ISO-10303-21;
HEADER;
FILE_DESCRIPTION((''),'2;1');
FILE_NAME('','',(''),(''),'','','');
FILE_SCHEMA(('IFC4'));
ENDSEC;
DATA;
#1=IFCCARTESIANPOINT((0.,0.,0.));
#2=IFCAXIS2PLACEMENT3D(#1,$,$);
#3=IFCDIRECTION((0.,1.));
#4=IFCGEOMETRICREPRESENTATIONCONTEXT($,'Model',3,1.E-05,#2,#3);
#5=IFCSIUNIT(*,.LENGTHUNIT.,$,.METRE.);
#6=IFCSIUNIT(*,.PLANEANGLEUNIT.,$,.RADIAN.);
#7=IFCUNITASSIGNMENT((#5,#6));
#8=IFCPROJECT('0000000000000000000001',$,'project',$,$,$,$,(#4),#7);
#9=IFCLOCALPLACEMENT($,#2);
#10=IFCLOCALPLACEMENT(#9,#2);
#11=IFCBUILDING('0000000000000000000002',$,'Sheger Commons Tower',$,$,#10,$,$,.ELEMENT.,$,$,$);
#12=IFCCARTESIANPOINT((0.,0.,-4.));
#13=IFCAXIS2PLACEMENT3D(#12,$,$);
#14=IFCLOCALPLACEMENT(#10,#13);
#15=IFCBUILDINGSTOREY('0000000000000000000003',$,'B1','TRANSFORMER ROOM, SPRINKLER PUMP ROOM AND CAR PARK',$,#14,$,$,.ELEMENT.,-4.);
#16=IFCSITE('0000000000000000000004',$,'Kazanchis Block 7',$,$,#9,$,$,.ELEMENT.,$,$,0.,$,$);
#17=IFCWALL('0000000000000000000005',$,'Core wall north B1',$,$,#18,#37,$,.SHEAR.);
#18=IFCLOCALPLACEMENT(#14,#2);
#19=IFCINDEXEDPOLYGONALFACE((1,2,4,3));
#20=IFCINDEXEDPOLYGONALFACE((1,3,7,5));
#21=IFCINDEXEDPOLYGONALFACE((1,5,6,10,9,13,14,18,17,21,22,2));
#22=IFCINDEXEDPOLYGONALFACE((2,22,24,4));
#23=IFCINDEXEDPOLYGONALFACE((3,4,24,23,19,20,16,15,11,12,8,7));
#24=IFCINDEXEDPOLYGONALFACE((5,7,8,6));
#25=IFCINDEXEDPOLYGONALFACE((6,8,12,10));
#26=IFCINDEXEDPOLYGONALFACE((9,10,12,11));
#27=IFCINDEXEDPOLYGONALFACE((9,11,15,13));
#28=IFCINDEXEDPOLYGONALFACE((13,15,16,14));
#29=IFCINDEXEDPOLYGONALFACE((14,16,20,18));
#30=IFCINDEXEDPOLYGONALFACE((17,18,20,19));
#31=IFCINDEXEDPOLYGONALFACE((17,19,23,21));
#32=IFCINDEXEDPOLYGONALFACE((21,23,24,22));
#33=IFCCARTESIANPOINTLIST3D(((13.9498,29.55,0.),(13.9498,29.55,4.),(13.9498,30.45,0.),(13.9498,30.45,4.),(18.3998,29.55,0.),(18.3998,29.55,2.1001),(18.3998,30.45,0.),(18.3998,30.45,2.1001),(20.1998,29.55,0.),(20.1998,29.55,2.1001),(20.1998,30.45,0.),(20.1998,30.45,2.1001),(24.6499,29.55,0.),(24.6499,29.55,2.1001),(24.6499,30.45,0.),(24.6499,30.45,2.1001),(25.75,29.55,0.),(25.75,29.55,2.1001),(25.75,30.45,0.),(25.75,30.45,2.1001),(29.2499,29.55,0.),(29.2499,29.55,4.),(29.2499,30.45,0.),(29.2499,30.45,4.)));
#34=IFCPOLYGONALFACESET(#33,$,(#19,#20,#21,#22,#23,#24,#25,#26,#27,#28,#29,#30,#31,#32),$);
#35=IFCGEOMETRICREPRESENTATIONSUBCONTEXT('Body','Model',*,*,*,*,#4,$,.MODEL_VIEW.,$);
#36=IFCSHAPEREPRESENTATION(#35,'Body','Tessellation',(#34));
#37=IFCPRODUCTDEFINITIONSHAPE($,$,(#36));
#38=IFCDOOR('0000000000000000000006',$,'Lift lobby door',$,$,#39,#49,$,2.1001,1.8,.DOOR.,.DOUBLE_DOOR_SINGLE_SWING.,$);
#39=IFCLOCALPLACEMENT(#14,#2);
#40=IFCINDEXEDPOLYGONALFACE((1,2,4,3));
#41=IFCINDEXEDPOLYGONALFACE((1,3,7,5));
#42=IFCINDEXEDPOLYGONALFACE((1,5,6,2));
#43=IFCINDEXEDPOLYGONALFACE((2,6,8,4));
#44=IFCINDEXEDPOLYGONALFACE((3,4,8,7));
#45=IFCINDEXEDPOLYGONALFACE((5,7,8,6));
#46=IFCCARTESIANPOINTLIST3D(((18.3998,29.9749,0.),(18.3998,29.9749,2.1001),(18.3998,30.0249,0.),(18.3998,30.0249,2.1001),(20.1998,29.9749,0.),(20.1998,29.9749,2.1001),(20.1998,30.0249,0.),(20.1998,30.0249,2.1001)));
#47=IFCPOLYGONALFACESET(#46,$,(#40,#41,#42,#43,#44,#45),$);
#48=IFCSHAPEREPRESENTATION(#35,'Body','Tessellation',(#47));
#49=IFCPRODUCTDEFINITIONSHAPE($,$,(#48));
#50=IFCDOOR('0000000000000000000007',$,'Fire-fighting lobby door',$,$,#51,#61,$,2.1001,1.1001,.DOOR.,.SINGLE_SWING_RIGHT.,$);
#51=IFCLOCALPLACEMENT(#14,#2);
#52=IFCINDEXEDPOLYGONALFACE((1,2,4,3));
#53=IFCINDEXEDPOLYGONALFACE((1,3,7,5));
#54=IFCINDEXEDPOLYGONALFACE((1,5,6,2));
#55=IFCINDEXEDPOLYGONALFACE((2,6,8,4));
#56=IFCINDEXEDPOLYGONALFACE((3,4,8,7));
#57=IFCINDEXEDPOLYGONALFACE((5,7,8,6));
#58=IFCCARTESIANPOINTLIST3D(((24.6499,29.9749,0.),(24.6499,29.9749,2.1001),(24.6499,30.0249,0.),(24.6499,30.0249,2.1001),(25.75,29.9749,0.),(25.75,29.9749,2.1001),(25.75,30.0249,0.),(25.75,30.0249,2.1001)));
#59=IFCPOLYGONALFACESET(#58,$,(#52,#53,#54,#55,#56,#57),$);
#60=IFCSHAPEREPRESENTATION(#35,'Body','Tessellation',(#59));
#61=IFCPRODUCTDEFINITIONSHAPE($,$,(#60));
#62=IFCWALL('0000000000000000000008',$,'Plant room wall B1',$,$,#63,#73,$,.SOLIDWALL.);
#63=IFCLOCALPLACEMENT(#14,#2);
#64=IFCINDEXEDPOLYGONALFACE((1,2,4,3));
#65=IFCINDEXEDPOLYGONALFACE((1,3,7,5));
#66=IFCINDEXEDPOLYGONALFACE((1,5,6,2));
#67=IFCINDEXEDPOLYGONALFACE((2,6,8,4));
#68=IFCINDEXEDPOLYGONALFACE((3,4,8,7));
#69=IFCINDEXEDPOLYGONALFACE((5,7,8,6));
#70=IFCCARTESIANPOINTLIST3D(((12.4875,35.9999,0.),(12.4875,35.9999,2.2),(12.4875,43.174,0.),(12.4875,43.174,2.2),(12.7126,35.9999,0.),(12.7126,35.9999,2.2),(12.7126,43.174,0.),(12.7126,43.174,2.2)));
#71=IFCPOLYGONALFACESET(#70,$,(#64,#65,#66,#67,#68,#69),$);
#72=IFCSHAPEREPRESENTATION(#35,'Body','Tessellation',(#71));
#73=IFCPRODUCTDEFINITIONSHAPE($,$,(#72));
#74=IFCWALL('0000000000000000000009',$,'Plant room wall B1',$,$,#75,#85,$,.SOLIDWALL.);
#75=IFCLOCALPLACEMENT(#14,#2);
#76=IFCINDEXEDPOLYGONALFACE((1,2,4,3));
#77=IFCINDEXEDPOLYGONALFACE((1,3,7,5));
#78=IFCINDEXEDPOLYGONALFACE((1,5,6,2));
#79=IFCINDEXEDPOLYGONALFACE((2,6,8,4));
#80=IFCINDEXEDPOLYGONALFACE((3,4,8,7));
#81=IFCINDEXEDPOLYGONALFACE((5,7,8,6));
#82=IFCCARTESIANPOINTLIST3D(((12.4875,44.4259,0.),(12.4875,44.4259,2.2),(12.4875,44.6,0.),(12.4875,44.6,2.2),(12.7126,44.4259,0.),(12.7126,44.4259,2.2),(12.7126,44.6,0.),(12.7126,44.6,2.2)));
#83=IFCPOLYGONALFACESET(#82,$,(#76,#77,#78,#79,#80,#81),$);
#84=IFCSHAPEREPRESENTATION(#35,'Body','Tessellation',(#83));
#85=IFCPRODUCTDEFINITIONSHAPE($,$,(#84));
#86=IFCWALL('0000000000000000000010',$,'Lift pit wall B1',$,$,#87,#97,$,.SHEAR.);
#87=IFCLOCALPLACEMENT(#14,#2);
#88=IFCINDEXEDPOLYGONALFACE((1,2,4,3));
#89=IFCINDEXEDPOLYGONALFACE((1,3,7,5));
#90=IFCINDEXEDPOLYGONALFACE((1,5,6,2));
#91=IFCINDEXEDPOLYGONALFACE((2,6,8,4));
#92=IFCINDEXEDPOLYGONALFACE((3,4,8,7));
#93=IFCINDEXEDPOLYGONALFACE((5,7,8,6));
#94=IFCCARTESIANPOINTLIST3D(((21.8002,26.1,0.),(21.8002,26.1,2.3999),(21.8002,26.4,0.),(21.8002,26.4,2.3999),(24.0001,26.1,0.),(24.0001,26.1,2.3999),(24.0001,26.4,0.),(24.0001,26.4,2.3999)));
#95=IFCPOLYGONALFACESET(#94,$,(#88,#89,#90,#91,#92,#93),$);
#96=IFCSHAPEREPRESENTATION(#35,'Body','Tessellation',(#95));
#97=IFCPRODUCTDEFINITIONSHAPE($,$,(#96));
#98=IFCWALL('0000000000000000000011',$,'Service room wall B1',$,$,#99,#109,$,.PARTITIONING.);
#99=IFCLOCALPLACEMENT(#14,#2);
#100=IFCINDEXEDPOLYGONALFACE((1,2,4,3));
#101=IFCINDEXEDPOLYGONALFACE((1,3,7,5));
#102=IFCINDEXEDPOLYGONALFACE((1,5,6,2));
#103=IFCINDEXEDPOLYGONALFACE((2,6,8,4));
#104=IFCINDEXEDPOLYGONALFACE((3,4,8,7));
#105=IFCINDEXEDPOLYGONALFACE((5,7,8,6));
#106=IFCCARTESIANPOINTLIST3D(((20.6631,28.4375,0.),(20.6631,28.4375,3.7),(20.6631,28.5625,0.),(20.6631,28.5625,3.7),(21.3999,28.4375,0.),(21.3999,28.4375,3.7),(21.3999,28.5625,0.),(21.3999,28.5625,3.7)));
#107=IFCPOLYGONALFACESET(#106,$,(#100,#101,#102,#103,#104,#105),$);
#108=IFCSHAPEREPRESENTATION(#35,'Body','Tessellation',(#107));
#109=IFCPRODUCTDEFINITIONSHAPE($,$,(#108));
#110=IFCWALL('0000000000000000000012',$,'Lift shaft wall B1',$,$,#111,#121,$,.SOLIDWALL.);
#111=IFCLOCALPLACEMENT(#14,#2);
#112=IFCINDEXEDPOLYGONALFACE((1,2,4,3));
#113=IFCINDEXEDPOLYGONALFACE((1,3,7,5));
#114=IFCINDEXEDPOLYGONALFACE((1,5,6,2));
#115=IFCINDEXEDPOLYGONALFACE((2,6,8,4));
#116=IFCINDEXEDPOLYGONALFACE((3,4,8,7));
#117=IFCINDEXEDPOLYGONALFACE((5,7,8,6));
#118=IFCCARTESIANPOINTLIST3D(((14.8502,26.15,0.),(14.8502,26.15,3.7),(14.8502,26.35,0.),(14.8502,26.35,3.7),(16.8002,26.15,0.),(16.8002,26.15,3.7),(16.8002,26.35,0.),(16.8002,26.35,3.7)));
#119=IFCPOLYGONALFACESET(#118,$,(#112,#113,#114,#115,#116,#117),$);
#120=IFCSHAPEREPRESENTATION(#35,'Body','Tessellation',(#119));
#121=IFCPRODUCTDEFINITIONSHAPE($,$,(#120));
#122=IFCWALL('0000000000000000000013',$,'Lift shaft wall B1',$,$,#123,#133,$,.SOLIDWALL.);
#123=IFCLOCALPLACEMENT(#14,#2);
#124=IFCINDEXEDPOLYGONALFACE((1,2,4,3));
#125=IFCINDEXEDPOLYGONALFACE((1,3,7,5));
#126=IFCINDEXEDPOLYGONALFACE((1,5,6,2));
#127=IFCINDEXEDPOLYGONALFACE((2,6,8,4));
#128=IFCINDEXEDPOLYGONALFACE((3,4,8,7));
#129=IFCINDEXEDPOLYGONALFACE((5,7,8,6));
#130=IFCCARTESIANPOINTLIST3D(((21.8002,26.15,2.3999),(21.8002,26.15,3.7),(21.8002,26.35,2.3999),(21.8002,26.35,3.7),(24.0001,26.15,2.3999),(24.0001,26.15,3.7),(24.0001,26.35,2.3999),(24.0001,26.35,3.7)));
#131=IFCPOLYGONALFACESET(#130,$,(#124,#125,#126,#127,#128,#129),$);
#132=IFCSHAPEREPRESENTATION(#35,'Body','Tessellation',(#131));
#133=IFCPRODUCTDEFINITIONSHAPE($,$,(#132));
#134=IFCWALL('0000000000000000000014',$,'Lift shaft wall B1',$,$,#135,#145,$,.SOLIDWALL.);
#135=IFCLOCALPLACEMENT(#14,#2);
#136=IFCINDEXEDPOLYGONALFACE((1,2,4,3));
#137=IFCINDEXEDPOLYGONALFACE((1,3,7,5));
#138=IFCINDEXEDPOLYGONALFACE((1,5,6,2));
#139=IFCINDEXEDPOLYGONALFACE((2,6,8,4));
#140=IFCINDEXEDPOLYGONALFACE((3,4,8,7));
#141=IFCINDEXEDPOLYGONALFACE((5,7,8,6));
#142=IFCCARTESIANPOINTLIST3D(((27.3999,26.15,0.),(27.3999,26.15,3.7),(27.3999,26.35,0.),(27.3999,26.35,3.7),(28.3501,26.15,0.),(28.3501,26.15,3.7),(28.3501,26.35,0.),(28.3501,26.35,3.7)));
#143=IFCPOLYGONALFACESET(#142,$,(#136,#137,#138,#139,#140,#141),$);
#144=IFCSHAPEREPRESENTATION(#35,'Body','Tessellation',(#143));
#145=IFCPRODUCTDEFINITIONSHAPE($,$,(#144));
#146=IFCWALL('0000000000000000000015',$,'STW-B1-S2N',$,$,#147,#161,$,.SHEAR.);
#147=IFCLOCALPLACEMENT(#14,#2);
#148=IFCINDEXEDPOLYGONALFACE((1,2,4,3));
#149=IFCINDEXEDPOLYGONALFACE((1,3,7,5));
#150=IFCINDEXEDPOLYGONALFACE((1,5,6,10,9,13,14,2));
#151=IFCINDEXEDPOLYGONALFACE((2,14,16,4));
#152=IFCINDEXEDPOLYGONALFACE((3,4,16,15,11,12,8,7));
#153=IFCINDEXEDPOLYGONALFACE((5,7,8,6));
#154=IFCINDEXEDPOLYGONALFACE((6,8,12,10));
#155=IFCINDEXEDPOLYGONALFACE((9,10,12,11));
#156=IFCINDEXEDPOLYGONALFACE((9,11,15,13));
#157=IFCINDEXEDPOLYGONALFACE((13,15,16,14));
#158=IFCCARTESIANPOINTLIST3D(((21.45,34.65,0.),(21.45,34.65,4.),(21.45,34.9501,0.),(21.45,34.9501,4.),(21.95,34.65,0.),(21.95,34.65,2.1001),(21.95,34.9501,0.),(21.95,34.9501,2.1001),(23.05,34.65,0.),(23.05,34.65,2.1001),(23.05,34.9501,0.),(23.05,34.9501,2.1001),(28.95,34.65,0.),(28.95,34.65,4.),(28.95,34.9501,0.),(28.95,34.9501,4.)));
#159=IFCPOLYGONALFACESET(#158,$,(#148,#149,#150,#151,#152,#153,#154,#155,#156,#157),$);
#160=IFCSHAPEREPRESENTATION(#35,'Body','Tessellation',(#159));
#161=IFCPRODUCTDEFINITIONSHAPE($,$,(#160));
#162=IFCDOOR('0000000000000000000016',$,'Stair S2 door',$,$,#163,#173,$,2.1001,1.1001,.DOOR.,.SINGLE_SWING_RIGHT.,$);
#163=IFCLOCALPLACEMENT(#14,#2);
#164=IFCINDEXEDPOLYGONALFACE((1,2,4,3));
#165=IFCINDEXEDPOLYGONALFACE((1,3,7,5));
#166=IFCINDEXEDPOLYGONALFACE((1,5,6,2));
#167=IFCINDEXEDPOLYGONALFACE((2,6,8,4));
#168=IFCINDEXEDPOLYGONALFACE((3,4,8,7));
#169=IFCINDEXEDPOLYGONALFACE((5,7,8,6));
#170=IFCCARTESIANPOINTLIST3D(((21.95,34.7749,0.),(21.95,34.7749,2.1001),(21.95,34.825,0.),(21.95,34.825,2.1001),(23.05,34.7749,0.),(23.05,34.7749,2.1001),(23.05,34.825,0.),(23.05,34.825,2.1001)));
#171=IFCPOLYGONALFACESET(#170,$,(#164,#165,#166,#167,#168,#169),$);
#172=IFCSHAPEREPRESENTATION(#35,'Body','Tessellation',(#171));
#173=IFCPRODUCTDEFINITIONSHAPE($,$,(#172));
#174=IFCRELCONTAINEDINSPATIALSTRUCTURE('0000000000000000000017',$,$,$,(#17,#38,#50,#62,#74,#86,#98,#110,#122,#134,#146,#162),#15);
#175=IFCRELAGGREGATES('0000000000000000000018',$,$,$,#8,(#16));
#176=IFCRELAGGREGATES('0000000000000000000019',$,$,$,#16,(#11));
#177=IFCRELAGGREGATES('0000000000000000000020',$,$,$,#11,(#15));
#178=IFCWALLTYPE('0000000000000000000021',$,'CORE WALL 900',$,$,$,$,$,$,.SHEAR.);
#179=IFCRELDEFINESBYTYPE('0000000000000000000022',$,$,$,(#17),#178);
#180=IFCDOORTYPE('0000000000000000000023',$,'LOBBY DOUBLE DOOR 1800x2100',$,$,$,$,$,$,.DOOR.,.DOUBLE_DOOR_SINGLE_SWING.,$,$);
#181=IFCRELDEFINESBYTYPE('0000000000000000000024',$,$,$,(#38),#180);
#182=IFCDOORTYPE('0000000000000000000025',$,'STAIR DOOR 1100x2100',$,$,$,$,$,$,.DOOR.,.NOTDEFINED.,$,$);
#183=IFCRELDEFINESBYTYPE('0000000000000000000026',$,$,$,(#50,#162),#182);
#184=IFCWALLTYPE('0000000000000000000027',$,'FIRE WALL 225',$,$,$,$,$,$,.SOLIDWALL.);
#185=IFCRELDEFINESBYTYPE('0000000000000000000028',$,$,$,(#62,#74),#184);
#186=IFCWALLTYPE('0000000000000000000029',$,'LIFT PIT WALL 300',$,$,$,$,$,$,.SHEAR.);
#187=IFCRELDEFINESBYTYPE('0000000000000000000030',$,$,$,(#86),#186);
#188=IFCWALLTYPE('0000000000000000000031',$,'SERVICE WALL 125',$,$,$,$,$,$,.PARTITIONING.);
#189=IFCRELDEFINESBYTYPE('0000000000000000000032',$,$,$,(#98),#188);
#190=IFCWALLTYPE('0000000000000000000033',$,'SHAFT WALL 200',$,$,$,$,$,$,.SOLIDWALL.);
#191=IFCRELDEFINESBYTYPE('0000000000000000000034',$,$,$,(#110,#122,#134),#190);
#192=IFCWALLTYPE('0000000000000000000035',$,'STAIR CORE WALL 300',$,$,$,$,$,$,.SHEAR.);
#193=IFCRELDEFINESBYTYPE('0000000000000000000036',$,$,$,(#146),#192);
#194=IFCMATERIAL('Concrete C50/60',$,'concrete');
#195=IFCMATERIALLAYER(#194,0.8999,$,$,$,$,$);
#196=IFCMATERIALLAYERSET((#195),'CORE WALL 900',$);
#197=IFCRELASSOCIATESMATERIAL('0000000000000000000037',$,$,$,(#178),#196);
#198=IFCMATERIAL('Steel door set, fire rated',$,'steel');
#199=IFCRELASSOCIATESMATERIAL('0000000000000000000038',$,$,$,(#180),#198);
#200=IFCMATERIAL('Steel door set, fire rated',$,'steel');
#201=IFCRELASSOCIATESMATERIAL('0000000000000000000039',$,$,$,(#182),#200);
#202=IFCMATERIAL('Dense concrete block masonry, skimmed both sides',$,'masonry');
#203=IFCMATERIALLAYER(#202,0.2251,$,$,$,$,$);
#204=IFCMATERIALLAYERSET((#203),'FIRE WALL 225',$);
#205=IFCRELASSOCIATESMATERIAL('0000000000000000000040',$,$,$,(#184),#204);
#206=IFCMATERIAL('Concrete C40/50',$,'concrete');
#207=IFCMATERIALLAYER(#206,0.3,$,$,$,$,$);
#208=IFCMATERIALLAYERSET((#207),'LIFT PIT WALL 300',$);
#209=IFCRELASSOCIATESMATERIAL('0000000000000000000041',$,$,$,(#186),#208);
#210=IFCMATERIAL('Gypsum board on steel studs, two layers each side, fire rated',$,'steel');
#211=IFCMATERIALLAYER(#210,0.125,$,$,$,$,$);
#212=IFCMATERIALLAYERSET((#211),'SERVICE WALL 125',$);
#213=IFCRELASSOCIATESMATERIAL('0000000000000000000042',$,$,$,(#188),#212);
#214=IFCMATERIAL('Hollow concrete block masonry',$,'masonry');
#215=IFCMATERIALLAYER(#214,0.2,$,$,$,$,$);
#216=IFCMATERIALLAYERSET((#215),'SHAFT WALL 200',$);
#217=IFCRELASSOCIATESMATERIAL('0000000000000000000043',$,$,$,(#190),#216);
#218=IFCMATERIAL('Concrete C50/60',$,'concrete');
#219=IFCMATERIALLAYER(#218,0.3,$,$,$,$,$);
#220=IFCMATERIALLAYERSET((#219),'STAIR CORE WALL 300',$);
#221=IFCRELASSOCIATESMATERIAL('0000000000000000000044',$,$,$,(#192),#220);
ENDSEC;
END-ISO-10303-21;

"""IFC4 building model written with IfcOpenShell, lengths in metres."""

from ifc_helpers import new_model, si_unit, direction, frame, frame_2d, origin, place, context, subcontext, project, spatial, rectangle, extrude, material, layer, layer_set, type_object, element, fill, save


model = new_model("IFC4")

# Units and contexts
model_context = context("Model", 3, precision=1e-05, world=origin(), true_north=direction((0.0, 1.0)))
body_context = subcontext(model_context, "Body", "Model", "MODEL_VIEW")
ifc_project = project(units=[si_unit("LENGTHUNIT", "METRE"), si_unit("PLANEANGLEUNIT", "RADIAN")], contexts=[model_context])

# Site, building, storey
site_placement = place(None, origin())
site = spatial("IfcSite", under=ifc_project, at=site_placement, Name="Kazanchis Block 7", CompositionType="ELEMENT", RefElevation=0.0)
building_placement = place(site_placement, origin())
building = spatial("IfcBuilding", under=site, at=building_placement, Name="Sheger Commons Tower", CompositionType="ELEMENT")
storey_placement = place(building_placement, frame((0.0, 0.0, -4.0)))
storey = spatial("IfcBuildingStorey", under=building, at=storey_placement, Name="B1", Description="TRANSFORMER ROOM, SPRINKLER PUMP ROOM AND CAR PARK", CompositionType="ELEMENT", Elevation=-4.0)

# Wall, openings, doors
ifc_material_1 = material(Name="Concrete C50/60", Category="concrete")
ifc_layer_1 = layer(ifc_material_1, 0.8999)
ifc_layer_set_1 = layer_set([ifc_layer_1], Name="CORE WALL 900")
wall_type_1 = type_object("IfcWallType", Name="CORE WALL 900", PredefinedType="SHEAR", material=ifc_layer_set_1)
wall_1_placement = place(storey_placement, frame((13.95, 30.0, 0.0), z_axis=(0.0, 0.0, 1.0), x_axis=(1.0, 0.0, 0.0)))
wall_1 = element("IfcWall", 1, at=wall_1_placement, inside=storey, type_object=wall_type_1, Name="Core wall north B1", PredefinedType="SHEAR", context=body_context, shape_type="SweptSolid", body=[
    extrude(rectangle(XDim=15.3, YDim=0.8999, at=frame_2d((7.6499, 0.0))), origin(), (0.0, 0.0, 1.0), 4.0),
])
opening_1_placement = place(wall_1_placement, frame((4.45, 0.0, 0.0)))
opening_1 = element("IfcOpeningElement", 2, at=opening_1_placement, cuts=wall_1, PredefinedType="OPENING", context=body_context, shape_type="SweptSolid", body=[
    extrude(rectangle(XDim=1.8, YDim=2.1001, at=frame_2d((0.8999, 1.05))), frame((0.0, 0.46, 0.0), z_axis=(0.0, -1.0, 0.0), x_axis=(1.0, 0.0, 0.0)), (0.0, 0.0, 1.0), 0.9199),
])
opening_2_placement = place(wall_1_placement, frame((10.7, 0.0, 0.0)))
opening_2 = element("IfcOpeningElement", 3, at=opening_2_placement, cuts=wall_1, PredefinedType="OPENING", context=body_context, shape_type="SweptSolid", body=[
    extrude(rectangle(XDim=1.1001, YDim=2.1001, at=frame_2d((0.55, 1.05))), frame((0.0, 0.46, 0.0), z_axis=(0.0, -1.0, 0.0), x_axis=(1.0, 0.0, 0.0)), (0.0, 0.0, 1.0), 0.9199),
])
ifc_material_2 = material(Name="Steel door set, fire rated", Category="steel")
door_type_1 = type_object("IfcDoorType", Name="LOBBY DOUBLE DOOR 1800x2100", OperationType="DOUBLE_DOOR_SINGLE_SWING", PredefinedType="DOOR", material=ifc_material_2)
door_1_placement = place(opening_1_placement, origin())
door_1 = element("IfcDoor", 4, at=door_1_placement, inside=storey, type_object=door_type_1, Name="Lift lobby door", OperationType="DOUBLE_DOOR_SINGLE_SWING", OverallHeight=2.1001, OverallWidth=1.8, PredefinedType="DOOR", context=body_context, shape_type="SweptSolid", body=[
    extrude(rectangle(XDim=1.8, YDim=2.1001, at=frame_2d((0.8999, 1.05))), frame((0.0, 0.0249, 0.0), z_axis=(0.0, -1.0, 0.0), x_axis=(1.0, 0.0, 0.0)), (0.0, 0.0, 1.0), 0.05),
])
fill(opening_1, door_1)
ifc_material_3 = material(Name="Steel door set, fire rated", Category="steel")
door_type_2 = type_object("IfcDoorType", Name="STAIR DOOR 1100x2100", OperationType="NOTDEFINED", PredefinedType="DOOR", material=ifc_material_3)
door_2_placement = place(opening_2_placement, origin())
door_2 = element("IfcDoor", 5, at=door_2_placement, inside=storey, type_object=door_type_2, Name="Fire-fighting lobby door", OperationType="SINGLE_SWING_RIGHT", OverallHeight=2.1001, OverallWidth=1.1001, PredefinedType="DOOR", context=body_context, shape_type="SweptSolid", body=[
    extrude(rectangle(XDim=1.1001, YDim=2.1001, at=frame_2d((0.55, 1.05))), frame((0.0, 0.0249, 0.0), z_axis=(0.0, -1.0, 0.0), x_axis=(1.0, 0.0, 0.0)), (0.0, 0.0, 1.0), 0.05),
])
fill(opening_2, door_2)

# Walls
ifc_material_4 = material(Name="Dense concrete block masonry, skimmed both sides", Category="masonry")
ifc_layer_2 = layer(ifc_material_4, 0.2251)
ifc_layer_set_2 = layer_set([ifc_layer_2], Name="FIRE WALL 225")
wall_type_2 = type_object("IfcWallType", Name="FIRE WALL 225", PredefinedType="SOLIDWALL", material=ifc_layer_set_2)
wall_2_placement = place(storey_placement, frame((12.6001, 36.0, 0.0), z_axis=(0.0, 0.0, 1.0), x_axis=(0.0, 1.0, 0.0)))
element("IfcWall", 6, at=wall_2_placement, inside=storey, type_object=wall_type_2, Name="Plant room wall B1", PredefinedType="SOLIDWALL", context=body_context, shape_type="SweptSolid", body=[
    extrude(rectangle(XDim=7.1741, YDim=0.2251, at=frame_2d((3.5869, 0.0))), origin(), (0.0, 0.0, 1.0), 2.2),
])
wall_3_placement = place(storey_placement, frame((12.6001, 44.426, 0.0), z_axis=(0.0, 0.0, 1.0), x_axis=(0.0, 1.0, 0.0)))
element("IfcWall", 7, at=wall_3_placement, inside=storey, type_object=wall_type_2, Name="Plant room wall B1", PredefinedType="SOLIDWALL", context=body_context, shape_type="SweptSolid", body=[
    extrude(rectangle(XDim=0.1741, YDim=0.2251, at=frame_2d((0.0869, 0.0))), origin(), (0.0, 0.0, 1.0), 2.2),
])
ifc_material_5 = material(Name="Concrete C40/50", Category="concrete")
ifc_layer_3 = layer(ifc_material_5, 0.3)
ifc_layer_set_3 = layer_set([ifc_layer_3], Name="LIFT PIT WALL 300")
wall_type_3 = type_object("IfcWallType", Name="LIFT PIT WALL 300", PredefinedType="SHEAR", material=ifc_layer_set_3)
wall_4_placement = place(storey_placement, frame((21.8, 26.25, 0.0), z_axis=(0.0, 0.0, 1.0), x_axis=(1.0, 0.0, 0.0)))
element("IfcWall", 8, at=wall_4_placement, inside=storey, type_object=wall_type_3, Name="Lift pit wall B1", PredefinedType="SHEAR", context=body_context, shape_type="SweptSolid", body=[
    extrude(rectangle(XDim=2.2, YDim=0.3, at=frame_2d((1.1001, 0.0))), origin(), (0.0, 0.0, 1.0), 2.3999),
])
ifc_material_6 = material(Name="Gypsum board on steel studs, two layers each side, fire rated", Category="steel")
ifc_layer_4 = layer(ifc_material_6, 0.125)
ifc_layer_set_4 = layer_set([ifc_layer_4], Name="SERVICE WALL 125")
wall_type_4 = type_object("IfcWallType", Name="SERVICE WALL 125", PredefinedType="PARTITIONING", material=ifc_layer_set_4)
wall_5_placement = place(storey_placement, frame((20.6631, 28.5, 0.0), z_axis=(0.0, 0.0, 1.0), x_axis=(1.0, 0.0, 0.0)))
element("IfcWall", 9, at=wall_5_placement, inside=storey, type_object=wall_type_4, Name="Service room wall B1", PredefinedType="PARTITIONING", context=body_context, shape_type="SweptSolid", body=[
    extrude(rectangle(XDim=0.7368, YDim=0.125, at=frame_2d((0.3684, 0.0))), origin(), (0.0, 0.0, 1.0), 3.7),
])
ifc_material_7 = material(Name="Hollow concrete block masonry", Category="masonry")
ifc_layer_5 = layer(ifc_material_7, 0.2)
ifc_layer_set_5 = layer_set([ifc_layer_5], Name="SHAFT WALL 200")
wall_type_5 = type_object("IfcWallType", Name="SHAFT WALL 200", PredefinedType="SOLIDWALL", material=ifc_layer_set_5)
wall_6_placement = place(storey_placement, frame((14.8501, 26.25, 0.0), z_axis=(0.0, 0.0, 1.0), x_axis=(1.0, 0.0, 0.0)))
element("IfcWall", 10, at=wall_6_placement, inside=storey, type_object=wall_type_5, Name="Lift shaft wall B1", PredefinedType="SOLIDWALL", context=body_context, shape_type="SweptSolid", body=[
    extrude(rectangle(XDim=1.95, YDim=0.2, at=frame_2d((0.9751, 0.0))), origin(), (0.0, 0.0, 1.0), 3.7),
])
wall_7_placement = place(storey_placement, frame((21.8, 26.25, 2.3999), z_axis=(0.0, 0.0, 1.0), x_axis=(1.0, 0.0, 0.0)))
element("IfcWall", 11, at=wall_7_placement, inside=storey, type_object=wall_type_5, Name="Lift shaft wall B1", PredefinedType="SOLIDWALL", context=body_context, shape_type="SweptSolid", body=[
    extrude(rectangle(XDim=2.2, YDim=0.2, at=frame_2d((1.1001, 0.0))), origin(), (0.0, 0.0, 1.0), 1.3),
])
wall_8_placement = place(storey_placement, frame((27.3999, 26.25, 0.0), z_axis=(0.0, 0.0, 1.0), x_axis=(1.0, 0.0, 0.0)))
element("IfcWall", 12, at=wall_8_placement, inside=storey, type_object=wall_type_5, Name="Lift shaft wall B1", PredefinedType="SOLIDWALL", context=body_context, shape_type="SweptSolid", body=[
    extrude(rectangle(XDim=0.9502, YDim=0.2, at=frame_2d((0.4751, 0.0))), origin(), (0.0, 0.0, 1.0), 3.7),
])

# Wall, opening, door
ifc_material_8 = material(Name="Concrete C50/60", Category="concrete")
ifc_layer_6 = layer(ifc_material_8, 0.3)
ifc_layer_set_6 = layer_set([ifc_layer_6], Name="STAIR CORE WALL 300")
wall_type_6 = type_object("IfcWallType", Name="STAIR CORE WALL 300", PredefinedType="SHEAR", material=ifc_layer_set_6)
wall_9_placement = place(storey_placement, frame((21.45, 34.8, 0.0), z_axis=(0.0, 0.0, 1.0), x_axis=(1.0, 0.0, 0.0)))
wall_9 = element("IfcWall", 13, at=wall_9_placement, inside=storey, type_object=wall_type_6, Name="STW-B1-S2N", PredefinedType="SHEAR", context=body_context, shape_type="SweptSolid", body=[
    extrude(rectangle(XDim=7.5, YDim=0.3, at=frame_2d((3.75, 0.0))), origin(), (0.0, 0.0, 1.0), 4.0),
])
opening_3_placement = place(wall_9_placement, frame((0.5, 0.0, 0.0)))
opening_3 = element("IfcOpeningElement", 14, at=opening_3_placement, cuts=wall_9, PredefinedType="OPENING", context=body_context, shape_type="SweptSolid", body=[
    extrude(rectangle(XDim=1.1001, YDim=2.1001, at=frame_2d((0.55, 1.05))), frame((0.0, 0.1599, 0.0), z_axis=(0.0, -1.0, 0.0), x_axis=(1.0, 0.0, 0.0)), (0.0, 0.0, 1.0), 0.3201),
])
door_3_placement = place(opening_3_placement, origin())
door_3 = element("IfcDoor", 15, at=door_3_placement, inside=storey, type_object=door_type_2, Name="Stair S2 door", OperationType="SINGLE_SWING_RIGHT", OverallHeight=2.1001, OverallWidth=1.1001, PredefinedType="DOOR", context=body_context, shape_type="SweptSolid", body=[
    extrude(rectangle(XDim=1.1001, YDim=2.1001, at=frame_2d((0.55, 1.05))), frame((0.0, 0.0249, 0.0), z_axis=(0.0, -1.0, 0.0), x_axis=(1.0, 0.0, 0.0)), (0.0, 0.0, 1.0), 0.05),
])
fill(opening_3, door_3)

save(model, "model.ifc")
